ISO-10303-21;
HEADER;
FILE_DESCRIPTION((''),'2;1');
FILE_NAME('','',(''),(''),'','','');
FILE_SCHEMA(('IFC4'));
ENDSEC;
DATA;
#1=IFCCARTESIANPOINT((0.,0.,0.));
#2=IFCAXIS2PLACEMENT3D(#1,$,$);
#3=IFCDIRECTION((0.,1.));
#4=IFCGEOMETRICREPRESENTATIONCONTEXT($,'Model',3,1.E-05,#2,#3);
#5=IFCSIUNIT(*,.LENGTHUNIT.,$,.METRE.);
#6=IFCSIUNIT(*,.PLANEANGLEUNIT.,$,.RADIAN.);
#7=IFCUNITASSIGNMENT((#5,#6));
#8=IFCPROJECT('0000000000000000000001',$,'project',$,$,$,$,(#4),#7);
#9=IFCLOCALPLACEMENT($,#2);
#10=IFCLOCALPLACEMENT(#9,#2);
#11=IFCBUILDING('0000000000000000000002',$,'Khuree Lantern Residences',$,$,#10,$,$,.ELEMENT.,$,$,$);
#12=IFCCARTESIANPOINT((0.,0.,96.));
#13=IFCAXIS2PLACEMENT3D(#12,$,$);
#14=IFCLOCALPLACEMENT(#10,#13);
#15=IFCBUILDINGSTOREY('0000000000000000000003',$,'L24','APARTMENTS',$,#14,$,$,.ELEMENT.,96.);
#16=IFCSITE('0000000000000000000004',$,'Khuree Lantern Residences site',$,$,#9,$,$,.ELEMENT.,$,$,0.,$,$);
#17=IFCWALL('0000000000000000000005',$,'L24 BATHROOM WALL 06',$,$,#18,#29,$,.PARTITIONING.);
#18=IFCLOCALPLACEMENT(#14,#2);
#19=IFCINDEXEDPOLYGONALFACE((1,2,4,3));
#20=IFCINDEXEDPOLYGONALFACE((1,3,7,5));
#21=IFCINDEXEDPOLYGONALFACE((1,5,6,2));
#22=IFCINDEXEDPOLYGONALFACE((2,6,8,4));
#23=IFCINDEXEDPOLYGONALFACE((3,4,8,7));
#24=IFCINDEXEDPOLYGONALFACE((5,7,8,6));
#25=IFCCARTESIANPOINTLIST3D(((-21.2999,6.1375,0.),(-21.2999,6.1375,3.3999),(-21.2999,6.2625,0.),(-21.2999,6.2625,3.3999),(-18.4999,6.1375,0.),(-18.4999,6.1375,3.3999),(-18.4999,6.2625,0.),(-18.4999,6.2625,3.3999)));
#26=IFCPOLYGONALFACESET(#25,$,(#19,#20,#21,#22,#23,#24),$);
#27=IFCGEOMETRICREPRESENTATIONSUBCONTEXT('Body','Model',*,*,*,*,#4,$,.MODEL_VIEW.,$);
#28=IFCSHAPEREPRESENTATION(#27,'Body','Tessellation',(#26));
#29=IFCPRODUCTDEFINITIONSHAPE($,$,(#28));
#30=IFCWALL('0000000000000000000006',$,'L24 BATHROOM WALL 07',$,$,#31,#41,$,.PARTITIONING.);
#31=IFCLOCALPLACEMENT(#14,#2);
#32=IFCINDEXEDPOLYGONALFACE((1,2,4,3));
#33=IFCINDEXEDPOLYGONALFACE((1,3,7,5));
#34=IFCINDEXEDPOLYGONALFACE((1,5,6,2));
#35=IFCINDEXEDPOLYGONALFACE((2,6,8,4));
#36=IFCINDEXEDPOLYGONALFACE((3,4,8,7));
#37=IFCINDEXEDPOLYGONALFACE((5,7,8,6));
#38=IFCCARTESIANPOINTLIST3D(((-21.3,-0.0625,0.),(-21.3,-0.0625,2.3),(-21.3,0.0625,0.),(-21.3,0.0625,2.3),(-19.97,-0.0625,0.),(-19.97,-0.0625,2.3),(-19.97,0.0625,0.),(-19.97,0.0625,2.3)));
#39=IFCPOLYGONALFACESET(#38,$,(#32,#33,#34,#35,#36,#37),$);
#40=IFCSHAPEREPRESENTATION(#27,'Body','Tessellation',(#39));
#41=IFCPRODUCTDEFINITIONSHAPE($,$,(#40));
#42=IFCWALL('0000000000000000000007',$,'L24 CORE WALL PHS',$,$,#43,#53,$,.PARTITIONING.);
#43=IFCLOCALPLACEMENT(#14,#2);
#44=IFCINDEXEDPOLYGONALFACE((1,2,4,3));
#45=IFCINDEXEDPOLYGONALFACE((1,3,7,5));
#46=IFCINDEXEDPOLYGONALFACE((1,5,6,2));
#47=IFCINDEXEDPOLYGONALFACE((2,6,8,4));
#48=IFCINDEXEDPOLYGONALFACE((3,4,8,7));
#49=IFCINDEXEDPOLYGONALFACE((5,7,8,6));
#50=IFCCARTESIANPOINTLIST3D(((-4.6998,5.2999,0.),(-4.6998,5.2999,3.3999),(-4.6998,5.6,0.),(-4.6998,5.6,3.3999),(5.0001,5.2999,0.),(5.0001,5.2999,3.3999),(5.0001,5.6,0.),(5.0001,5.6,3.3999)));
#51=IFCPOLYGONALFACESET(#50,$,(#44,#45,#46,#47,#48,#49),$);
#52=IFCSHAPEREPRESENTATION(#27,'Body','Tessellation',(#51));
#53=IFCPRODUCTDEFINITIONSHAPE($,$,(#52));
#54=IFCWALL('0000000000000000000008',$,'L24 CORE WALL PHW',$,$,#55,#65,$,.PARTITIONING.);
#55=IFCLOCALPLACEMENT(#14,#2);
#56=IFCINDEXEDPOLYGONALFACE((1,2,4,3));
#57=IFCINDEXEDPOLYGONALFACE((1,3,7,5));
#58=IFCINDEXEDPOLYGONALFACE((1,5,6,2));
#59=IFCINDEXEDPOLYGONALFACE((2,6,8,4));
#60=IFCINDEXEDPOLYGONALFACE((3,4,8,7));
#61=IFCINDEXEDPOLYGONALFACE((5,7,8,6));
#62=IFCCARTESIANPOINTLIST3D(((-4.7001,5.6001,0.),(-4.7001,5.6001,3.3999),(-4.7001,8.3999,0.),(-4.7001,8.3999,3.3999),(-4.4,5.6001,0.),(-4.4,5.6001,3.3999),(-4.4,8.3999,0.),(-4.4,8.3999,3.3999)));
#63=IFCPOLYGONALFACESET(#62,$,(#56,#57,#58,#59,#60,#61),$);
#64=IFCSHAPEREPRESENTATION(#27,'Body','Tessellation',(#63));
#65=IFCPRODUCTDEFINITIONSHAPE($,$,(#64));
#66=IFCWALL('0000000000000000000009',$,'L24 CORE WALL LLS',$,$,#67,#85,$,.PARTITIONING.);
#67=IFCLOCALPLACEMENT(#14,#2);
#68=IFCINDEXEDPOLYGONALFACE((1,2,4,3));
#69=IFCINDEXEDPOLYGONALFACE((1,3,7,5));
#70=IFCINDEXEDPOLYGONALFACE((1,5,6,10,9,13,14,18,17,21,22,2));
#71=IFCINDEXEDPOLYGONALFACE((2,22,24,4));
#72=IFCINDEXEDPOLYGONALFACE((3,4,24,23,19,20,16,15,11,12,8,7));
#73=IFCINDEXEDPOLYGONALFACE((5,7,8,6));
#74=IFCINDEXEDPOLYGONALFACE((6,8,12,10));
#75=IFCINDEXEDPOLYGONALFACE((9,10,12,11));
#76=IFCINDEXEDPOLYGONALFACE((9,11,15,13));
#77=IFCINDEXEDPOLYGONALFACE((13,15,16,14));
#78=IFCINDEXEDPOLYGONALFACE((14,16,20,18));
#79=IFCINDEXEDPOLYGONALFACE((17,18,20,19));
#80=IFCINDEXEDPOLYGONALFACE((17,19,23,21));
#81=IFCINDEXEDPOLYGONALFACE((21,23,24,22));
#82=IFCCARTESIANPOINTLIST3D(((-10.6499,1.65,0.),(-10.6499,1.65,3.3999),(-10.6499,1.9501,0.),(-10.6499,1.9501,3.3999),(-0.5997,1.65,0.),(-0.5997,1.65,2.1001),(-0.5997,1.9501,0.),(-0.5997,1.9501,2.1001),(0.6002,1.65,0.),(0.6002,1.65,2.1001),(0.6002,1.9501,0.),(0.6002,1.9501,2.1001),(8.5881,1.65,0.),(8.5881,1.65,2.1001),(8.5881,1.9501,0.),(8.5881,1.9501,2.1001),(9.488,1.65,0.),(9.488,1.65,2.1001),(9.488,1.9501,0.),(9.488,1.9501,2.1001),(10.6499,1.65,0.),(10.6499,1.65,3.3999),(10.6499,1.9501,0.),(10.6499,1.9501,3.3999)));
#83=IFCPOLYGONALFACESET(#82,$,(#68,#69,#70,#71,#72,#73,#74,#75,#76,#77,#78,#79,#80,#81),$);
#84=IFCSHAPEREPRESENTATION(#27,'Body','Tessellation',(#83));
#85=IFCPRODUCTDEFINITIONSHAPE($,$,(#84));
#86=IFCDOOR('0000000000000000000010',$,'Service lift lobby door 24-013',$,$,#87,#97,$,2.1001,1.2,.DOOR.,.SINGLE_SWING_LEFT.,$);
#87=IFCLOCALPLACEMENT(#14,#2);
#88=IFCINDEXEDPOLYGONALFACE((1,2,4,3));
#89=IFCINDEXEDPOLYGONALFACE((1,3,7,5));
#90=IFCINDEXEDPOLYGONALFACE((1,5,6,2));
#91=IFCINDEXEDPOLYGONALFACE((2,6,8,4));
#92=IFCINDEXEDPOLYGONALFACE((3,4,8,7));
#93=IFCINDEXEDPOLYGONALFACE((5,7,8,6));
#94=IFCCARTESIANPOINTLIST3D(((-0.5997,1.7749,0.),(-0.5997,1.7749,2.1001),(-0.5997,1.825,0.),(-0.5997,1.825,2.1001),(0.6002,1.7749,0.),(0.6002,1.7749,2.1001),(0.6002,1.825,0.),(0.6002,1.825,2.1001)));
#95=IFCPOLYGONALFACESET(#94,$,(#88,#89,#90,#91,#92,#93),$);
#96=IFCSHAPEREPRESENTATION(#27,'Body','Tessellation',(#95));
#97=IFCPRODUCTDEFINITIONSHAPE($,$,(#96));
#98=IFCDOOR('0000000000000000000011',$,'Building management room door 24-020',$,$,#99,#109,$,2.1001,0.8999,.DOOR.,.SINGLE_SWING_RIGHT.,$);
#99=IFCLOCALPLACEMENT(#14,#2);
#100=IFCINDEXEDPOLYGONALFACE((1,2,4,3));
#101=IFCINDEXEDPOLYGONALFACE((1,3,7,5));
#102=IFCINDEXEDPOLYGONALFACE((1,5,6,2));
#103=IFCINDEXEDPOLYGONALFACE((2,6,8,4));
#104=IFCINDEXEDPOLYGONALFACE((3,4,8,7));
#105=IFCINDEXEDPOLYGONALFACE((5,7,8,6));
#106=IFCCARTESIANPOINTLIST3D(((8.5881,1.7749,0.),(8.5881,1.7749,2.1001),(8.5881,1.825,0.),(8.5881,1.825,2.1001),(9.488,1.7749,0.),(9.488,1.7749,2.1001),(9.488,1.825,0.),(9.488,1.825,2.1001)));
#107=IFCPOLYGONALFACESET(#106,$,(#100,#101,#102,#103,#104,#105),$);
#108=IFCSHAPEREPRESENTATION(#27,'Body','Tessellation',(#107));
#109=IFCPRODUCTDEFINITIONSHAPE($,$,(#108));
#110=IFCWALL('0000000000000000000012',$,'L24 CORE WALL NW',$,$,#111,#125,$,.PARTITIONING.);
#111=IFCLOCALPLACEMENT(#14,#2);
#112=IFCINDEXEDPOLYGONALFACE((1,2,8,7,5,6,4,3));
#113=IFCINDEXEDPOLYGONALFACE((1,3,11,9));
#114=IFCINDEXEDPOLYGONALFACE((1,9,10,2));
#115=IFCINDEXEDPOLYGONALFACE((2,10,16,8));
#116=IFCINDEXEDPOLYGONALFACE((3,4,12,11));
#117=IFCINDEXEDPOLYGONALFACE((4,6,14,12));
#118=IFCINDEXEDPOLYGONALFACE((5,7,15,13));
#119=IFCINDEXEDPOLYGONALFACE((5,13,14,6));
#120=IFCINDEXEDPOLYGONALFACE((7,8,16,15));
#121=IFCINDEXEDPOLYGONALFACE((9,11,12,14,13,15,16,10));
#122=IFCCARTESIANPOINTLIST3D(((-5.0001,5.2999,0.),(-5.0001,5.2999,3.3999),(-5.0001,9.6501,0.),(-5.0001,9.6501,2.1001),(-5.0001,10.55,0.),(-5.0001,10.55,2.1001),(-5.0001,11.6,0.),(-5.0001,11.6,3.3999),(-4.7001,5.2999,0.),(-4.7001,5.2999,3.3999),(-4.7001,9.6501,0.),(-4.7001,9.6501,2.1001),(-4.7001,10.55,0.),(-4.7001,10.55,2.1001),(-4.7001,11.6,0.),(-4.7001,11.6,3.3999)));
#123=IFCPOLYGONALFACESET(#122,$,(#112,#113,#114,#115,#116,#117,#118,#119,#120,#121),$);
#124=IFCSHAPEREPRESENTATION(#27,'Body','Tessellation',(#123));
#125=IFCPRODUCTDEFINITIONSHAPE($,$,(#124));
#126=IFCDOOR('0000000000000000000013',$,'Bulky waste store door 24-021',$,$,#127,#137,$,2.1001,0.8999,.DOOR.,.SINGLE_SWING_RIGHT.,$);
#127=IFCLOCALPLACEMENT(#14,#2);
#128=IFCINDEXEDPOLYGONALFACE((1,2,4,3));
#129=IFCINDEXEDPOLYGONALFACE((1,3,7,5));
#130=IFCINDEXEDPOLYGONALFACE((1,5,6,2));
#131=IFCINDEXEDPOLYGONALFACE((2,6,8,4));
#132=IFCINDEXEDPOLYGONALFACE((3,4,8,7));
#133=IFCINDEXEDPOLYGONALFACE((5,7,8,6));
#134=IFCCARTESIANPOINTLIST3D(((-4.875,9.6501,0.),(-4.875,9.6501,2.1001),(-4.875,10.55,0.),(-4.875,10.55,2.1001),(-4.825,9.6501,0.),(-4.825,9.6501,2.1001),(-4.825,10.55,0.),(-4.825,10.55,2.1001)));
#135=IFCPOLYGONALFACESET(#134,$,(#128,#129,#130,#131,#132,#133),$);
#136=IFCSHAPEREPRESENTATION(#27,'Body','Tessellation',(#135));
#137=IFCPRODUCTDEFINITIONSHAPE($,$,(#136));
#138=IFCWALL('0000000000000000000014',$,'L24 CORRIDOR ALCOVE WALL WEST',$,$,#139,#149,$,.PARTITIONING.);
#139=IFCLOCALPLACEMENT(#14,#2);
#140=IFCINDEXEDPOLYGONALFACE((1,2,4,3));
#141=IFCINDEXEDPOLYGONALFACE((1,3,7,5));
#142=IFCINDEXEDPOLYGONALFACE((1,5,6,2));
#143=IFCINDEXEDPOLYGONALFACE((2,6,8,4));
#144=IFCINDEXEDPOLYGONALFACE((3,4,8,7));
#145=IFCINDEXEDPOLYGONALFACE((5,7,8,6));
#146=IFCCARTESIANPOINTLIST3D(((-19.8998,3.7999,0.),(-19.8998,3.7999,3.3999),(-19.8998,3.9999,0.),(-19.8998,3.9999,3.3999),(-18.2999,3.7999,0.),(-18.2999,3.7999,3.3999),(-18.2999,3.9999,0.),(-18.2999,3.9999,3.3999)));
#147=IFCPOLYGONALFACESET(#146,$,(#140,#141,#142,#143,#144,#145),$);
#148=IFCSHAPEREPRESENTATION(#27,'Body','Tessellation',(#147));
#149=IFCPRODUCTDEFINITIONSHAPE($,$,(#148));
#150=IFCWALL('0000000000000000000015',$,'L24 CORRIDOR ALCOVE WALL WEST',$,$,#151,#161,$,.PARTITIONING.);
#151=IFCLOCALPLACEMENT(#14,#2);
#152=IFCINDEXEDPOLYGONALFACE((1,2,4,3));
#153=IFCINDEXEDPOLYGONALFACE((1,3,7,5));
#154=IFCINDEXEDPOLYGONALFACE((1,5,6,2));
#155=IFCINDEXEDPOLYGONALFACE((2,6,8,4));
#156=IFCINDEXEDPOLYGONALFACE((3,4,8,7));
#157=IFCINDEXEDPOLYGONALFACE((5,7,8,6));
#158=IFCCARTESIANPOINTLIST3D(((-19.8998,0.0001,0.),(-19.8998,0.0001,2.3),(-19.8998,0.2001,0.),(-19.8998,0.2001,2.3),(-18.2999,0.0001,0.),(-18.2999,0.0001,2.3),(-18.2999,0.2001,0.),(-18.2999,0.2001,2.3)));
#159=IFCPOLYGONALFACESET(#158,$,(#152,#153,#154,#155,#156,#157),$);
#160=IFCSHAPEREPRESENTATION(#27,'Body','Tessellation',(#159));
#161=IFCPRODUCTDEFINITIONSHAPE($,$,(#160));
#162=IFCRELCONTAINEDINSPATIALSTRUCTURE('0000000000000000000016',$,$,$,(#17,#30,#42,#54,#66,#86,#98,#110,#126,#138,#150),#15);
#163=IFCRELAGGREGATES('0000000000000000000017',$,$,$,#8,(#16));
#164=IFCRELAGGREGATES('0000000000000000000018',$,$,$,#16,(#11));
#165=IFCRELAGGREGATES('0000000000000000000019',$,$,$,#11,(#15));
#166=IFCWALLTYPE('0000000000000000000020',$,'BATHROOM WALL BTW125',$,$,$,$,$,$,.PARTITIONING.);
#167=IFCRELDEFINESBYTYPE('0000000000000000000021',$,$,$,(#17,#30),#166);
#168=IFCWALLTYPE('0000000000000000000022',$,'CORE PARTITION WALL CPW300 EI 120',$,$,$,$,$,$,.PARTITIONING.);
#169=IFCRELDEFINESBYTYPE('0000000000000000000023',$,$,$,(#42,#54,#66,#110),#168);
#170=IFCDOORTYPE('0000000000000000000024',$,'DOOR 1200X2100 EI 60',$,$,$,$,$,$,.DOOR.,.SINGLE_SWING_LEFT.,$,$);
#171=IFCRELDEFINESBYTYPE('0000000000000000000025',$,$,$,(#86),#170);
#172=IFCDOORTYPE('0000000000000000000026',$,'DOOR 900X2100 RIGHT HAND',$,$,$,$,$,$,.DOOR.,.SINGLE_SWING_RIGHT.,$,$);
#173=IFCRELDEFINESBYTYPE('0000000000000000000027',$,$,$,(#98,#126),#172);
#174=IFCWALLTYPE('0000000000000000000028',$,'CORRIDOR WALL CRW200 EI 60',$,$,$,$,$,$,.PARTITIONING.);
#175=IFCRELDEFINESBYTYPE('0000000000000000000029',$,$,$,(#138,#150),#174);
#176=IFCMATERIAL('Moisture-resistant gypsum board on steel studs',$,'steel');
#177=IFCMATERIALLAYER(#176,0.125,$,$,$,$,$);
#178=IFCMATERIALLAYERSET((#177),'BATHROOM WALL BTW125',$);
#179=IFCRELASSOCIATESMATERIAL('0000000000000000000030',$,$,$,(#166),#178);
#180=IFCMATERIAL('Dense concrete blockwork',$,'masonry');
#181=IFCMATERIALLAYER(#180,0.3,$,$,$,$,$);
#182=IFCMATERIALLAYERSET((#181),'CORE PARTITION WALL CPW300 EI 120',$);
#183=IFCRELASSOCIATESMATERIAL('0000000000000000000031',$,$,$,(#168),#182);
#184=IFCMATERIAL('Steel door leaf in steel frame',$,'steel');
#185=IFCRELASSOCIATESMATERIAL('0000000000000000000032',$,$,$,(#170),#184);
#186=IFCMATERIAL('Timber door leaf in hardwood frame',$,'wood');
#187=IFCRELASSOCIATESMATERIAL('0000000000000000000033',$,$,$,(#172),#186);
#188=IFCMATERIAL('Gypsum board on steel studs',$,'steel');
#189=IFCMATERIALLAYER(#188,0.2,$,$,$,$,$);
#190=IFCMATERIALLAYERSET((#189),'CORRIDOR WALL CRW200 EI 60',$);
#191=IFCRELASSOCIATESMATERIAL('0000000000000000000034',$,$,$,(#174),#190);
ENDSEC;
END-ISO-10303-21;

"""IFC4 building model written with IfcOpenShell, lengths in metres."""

from ifc_helpers import new_model, si_unit, direction, frame, frame_2d, origin, place, context, subcontext, project, spatial, rectangle, extrude, material, layer, layer_set, type_object, element, fill, save


model = new_model("IFC4")

# Units and contexts
model_context = context("Model", 3, precision=1e-05, world=origin(), true_north=direction((0.0, 1.0)))
body_context = subcontext(model_context, "Body", "Model", "MODEL_VIEW")
ifc_project = project(units=[si_unit("LENGTHUNIT", "METRE"), si_unit("PLANEANGLEUNIT", "RADIAN")], contexts=[model_context])

# Site, building, storey
site_placement = place(None, origin())
site = spatial("IfcSite", under=ifc_project, at=site_placement, Name="Khuree Lantern Residences site", CompositionType="ELEMENT", RefElevation=0.0)
building_placement = place(site_placement, origin())
building = spatial("IfcBuilding", under=site, at=building_placement, Name="Khuree Lantern Residences", CompositionType="ELEMENT")
storey_placement = place(building_placement, frame((0.0, 0.0, 96.0)))
storey = spatial("IfcBuildingStorey", under=building, at=storey_placement, Name="L24", Description="APARTMENTS", CompositionType="ELEMENT", Elevation=96.0)

# Walls
ifc_material_1 = material(Name="Moisture-resistant gypsum board on steel studs", Category="steel")
ifc_layer_1 = layer(ifc_material_1, 0.125)
ifc_layer_set_1 = layer_set([ifc_layer_1], Name="BATHROOM WALL BTW125")
wall_type_1 = type_object("IfcWallType", Name="BATHROOM WALL BTW125", PredefinedType="PARTITIONING", material=ifc_layer_set_1)
wall_1_placement = place(storey_placement, frame((-18.5, 6.2, 0.0), z_axis=(0.0, 0.0, 1.0), x_axis=(-1.0, 0.0, 0.0)))
element("IfcWall", 1, at=wall_1_placement, inside=storey, type_object=wall_type_1, Name="L24 BATHROOM WALL 06", PredefinedType="PARTITIONING", context=body_context, shape_type="SweptSolid", body=[
    extrude(rectangle(XDim=2.8, YDim=0.125, at=frame_2d((1.3999, 0.0))), origin(), (0.0, 0.0, 1.0), 3.3999),
])
wall_2_placement = place(storey_placement, frame((-19.97, 0.0, 0.0), z_axis=(0.0, 0.0, 1.0), x_axis=(-1.0, 0.0, 0.0)))
element("IfcWall", 2, at=wall_2_placement, inside=storey, type_object=wall_type_1, Name="L24 BATHROOM WALL 07", PredefinedType="PARTITIONING", context=body_context, shape_type="SweptSolid", body=[
    extrude(rectangle(XDim=1.3301, YDim=0.125, at=frame_2d((0.665, 0.0))), origin(), (0.0, 0.0, 1.0), 2.3),
])
ifc_material_2 = material(Name="Dense concrete blockwork", Category="masonry")
ifc_layer_2 = layer(ifc_material_2, 0.3)
ifc_layer_set_2 = layer_set([ifc_layer_2], Name="CORE PARTITION WALL CPW300 EI 120")
wall_type_2 = type_object("IfcWallType", Name="CORE PARTITION WALL CPW300 EI 120", PredefinedType="PARTITIONING", material=ifc_layer_set_2)
wall_3_placement = place(storey_placement, frame((-4.7, 5.45, 0.0), z_axis=(0.0, 0.0, 1.0), x_axis=(1.0, 0.0, 0.0)))
element("IfcWall", 3, at=wall_3_placement, inside=storey, type_object=wall_type_2, Name="L24 CORE WALL PHS", PredefinedType="PARTITIONING", context=body_context, shape_type="SweptSolid", body=[
    extrude(rectangle(XDim=9.7, YDim=0.3, at=frame_2d((4.8501, 0.0))), origin(), (0.0, 0.0, 1.0), 3.3999),
])
wall_4_placement = place(storey_placement, frame((-4.55, 5.6001, 0.0), z_axis=(0.0, 0.0, 1.0), x_axis=(0.0, 1.0, 0.0)))
element("IfcWall", 4, at=wall_4_placement, inside=storey, type_object=wall_type_2, Name="L24 CORE WALL PHW", PredefinedType="PARTITIONING", context=body_context, shape_type="SweptSolid", body=[
    extrude(rectangle(XDim=2.7998, YDim=0.3, at=frame_2d((1.3999, 0.0))), origin(), (0.0, 0.0, 1.0), 3.3999),
])

# Wall, openings, doors
wall_5_placement = place(storey_placement, frame((-10.6499, 1.8, 0.0), z_axis=(0.0, 0.0, 1.0), x_axis=(1.0, 0.0, 0.0)))
wall_5 = element("IfcWall", 5, at=wall_5_placement, inside=storey, type_object=wall_type_2, Name="L24 CORE WALL LLS", PredefinedType="PARTITIONING", context=body_context, shape_type="SweptSolid", body=[
    extrude(rectangle(XDim=21.2998, YDim=0.3, at=frame_2d((10.6499, 0.0))), origin(), (0.0, 0.0, 1.0), 3.3999),
])
opening_1_placement = place(wall_5_placement, frame((10.05, 0.0, 0.0)))
opening_1 = element("IfcOpeningElement", 6, at=opening_1_placement, cuts=wall_5, PredefinedType="OPENING", context=body_context, shape_type="SweptSolid", body=[
    extrude(rectangle(XDim=1.2, YDim=2.1001, at=frame_2d((0.6001, 1.05))), frame((0.0, 0.1602, 0.0), z_axis=(0.0, -1.0, 0.0), x_axis=(1.0, 0.0, 0.0)), (0.0, 0.0, 1.0), 0.3201),
])
opening_2_placement = place(wall_5_placement, frame((19.238, 0.0, 0.0)))
opening_2 = element("IfcOpeningElement", 7, at=opening_2_placement, cuts=wall_5, PredefinedType="OPENING", context=body_context, shape_type="SweptSolid", body=[
    extrude(rectangle(XDim=0.8999, YDim=2.1001, at=frame_2d((0.45, 1.05))), frame((0.0, 0.1602, 0.0), z_axis=(0.0, -1.0, 0.0), x_axis=(1.0, 0.0, 0.0)), (0.0, 0.0, 1.0), 0.3201),
])
ifc_material_3 = material(Name="Steel door leaf in steel frame", Category="steel")
door_type_1 = type_object("IfcDoorType", Name="DOOR 1200X2100 EI 60", OperationType="SINGLE_SWING_LEFT", PredefinedType="DOOR", material=ifc_material_3)
door_1_placement = place(opening_1_placement, origin())
door_1 = element("IfcDoor", 8, at=door_1_placement, inside=storey, type_object=door_type_1, Name="Service lift lobby door 24-013", OperationType="SINGLE_SWING_LEFT", OverallHeight=2.1001, OverallWidth=1.2, PredefinedType="DOOR", context=body_context, shape_type="SweptSolid", body=[
    extrude(rectangle(XDim=1.2, YDim=2.1001, at=frame_2d((0.6001, 1.05))), frame((0.0, 0.0249, 0.0), z_axis=(0.0, -1.0, 0.0), x_axis=(1.0, 0.0, 0.0)), (0.0, 0.0, 1.0), 0.05),
])
fill(opening_1, door_1)
ifc_material_4 = material(Name="Timber door leaf in hardwood frame", Category="wood")
door_type_2 = type_object("IfcDoorType", Name="DOOR 900X2100 RIGHT HAND", OperationType="SINGLE_SWING_RIGHT", PredefinedType="DOOR", material=ifc_material_4)
door_2_placement = place(opening_2_placement, origin())
door_2 = element("IfcDoor", 9, at=door_2_placement, inside=storey, type_object=door_type_2, Name="Building management room door 24-020", OperationType="SINGLE_SWING_RIGHT", OverallHeight=2.1001, OverallWidth=0.8999, PredefinedType="DOOR", context=body_context, shape_type="SweptSolid", body=[
    extrude(rectangle(XDim=0.8999, YDim=2.1001, at=frame_2d((0.45, 1.05))), frame((0.0, 0.0249, 0.0), z_axis=(0.0, -1.0, 0.0), x_axis=(1.0, 0.0, 0.0)), (0.0, 0.0, 1.0), 0.05),
])
fill(opening_2, door_2)

# Wall, opening, door
wall_6_placement = place(storey_placement, frame((-4.8501, 5.3, 0.0), z_axis=(0.0, 0.0, 1.0), x_axis=(0.0, 1.0, 0.0)))
wall_6 = element("IfcWall", 10, at=wall_6_placement, inside=storey, type_object=wall_type_2, Name="L24 CORE WALL NW", PredefinedType="PARTITIONING", context=body_context, shape_type="SweptSolid", body=[
    extrude(rectangle(XDim=6.3, YDim=0.3, at=frame_2d((3.1499, 0.0))), origin(), (0.0, 0.0, 1.0), 3.3999),
])
opening_3_placement = place(wall_6_placement, frame((4.3501, 0.0, 0.0)))
opening_3 = element("IfcOpeningElement", 11, at=opening_3_placement, cuts=wall_6, PredefinedType="OPENING", context=body_context, shape_type="SweptSolid", body=[
    extrude(rectangle(XDim=0.8999, YDim=2.1001, at=frame_2d((0.45, 1.05))), frame((0.0, 0.1602, 0.0), z_axis=(0.0, -1.0, 0.0), x_axis=(1.0, 0.0, 0.0)), (0.0, 0.0, 1.0), 0.3201),
])
door_3_placement = place(opening_3_placement, origin())
door_3 = element("IfcDoor", 12, at=door_3_placement, inside=storey, type_object=door_type_2, Name="Bulky waste store door 24-021", OperationType="SINGLE_SWING_RIGHT", OverallHeight=2.1001, OverallWidth=0.8999, PredefinedType="DOOR", context=body_context, shape_type="SweptSolid", body=[
    extrude(rectangle(XDim=0.8999, YDim=2.1001, at=frame_2d((0.45, 1.05))), frame((0.0, 0.0249, 0.0), z_axis=(0.0, -1.0, 0.0), x_axis=(1.0, 0.0, 0.0)), (0.0, 0.0, 1.0), 0.05),
])
fill(opening_3, door_3)

# Walls
ifc_material_5 = material(Name="Gypsum board on steel studs", Category="steel")
ifc_layer_3 = layer(ifc_material_5, 0.2)
ifc_layer_set_3 = layer_set([ifc_layer_3], Name="CORRIDOR WALL CRW200 EI 60")
wall_type_3 = type_object("IfcWallType", Name="CORRIDOR WALL CRW200 EI 60", PredefinedType="PARTITIONING", material=ifc_layer_set_3)
wall_7_placement = place(storey_placement, frame((-18.3, 3.8999, 0.0), z_axis=(0.0, 0.0, 1.0), x_axis=(-1.0, 0.0, 0.0)))
element("IfcWall", 13, at=wall_7_placement, inside=storey, type_object=wall_type_3, Name="L24 CORRIDOR ALCOVE WALL WEST", PredefinedType="PARTITIONING", context=body_context, shape_type="SweptSolid", body=[
    extrude(rectangle(XDim=1.5999, YDim=0.2, at=frame_2d((0.7998, 0.0))), origin(), (0.0, 0.0, 1.0), 3.3999),
])
wall_8_placement = place(storey_placement, frame((-18.3, 0.1001, 0.0), z_axis=(0.0, 0.0, 1.0), x_axis=(-1.0, 0.0, 0.0)))
element("IfcWall", 14, at=wall_8_placement, inside=storey, type_object=wall_type_3, Name="L24 CORRIDOR ALCOVE WALL WEST", PredefinedType="PARTITIONING", context=body_context, shape_type="SweptSolid", body=[
    extrude(rectangle(XDim=1.5999, YDim=0.2, at=frame_2d((0.7998, 0.0))), origin(), (0.0, 0.0, 1.0), 2.3),
])

save(model, "model.ifc")
